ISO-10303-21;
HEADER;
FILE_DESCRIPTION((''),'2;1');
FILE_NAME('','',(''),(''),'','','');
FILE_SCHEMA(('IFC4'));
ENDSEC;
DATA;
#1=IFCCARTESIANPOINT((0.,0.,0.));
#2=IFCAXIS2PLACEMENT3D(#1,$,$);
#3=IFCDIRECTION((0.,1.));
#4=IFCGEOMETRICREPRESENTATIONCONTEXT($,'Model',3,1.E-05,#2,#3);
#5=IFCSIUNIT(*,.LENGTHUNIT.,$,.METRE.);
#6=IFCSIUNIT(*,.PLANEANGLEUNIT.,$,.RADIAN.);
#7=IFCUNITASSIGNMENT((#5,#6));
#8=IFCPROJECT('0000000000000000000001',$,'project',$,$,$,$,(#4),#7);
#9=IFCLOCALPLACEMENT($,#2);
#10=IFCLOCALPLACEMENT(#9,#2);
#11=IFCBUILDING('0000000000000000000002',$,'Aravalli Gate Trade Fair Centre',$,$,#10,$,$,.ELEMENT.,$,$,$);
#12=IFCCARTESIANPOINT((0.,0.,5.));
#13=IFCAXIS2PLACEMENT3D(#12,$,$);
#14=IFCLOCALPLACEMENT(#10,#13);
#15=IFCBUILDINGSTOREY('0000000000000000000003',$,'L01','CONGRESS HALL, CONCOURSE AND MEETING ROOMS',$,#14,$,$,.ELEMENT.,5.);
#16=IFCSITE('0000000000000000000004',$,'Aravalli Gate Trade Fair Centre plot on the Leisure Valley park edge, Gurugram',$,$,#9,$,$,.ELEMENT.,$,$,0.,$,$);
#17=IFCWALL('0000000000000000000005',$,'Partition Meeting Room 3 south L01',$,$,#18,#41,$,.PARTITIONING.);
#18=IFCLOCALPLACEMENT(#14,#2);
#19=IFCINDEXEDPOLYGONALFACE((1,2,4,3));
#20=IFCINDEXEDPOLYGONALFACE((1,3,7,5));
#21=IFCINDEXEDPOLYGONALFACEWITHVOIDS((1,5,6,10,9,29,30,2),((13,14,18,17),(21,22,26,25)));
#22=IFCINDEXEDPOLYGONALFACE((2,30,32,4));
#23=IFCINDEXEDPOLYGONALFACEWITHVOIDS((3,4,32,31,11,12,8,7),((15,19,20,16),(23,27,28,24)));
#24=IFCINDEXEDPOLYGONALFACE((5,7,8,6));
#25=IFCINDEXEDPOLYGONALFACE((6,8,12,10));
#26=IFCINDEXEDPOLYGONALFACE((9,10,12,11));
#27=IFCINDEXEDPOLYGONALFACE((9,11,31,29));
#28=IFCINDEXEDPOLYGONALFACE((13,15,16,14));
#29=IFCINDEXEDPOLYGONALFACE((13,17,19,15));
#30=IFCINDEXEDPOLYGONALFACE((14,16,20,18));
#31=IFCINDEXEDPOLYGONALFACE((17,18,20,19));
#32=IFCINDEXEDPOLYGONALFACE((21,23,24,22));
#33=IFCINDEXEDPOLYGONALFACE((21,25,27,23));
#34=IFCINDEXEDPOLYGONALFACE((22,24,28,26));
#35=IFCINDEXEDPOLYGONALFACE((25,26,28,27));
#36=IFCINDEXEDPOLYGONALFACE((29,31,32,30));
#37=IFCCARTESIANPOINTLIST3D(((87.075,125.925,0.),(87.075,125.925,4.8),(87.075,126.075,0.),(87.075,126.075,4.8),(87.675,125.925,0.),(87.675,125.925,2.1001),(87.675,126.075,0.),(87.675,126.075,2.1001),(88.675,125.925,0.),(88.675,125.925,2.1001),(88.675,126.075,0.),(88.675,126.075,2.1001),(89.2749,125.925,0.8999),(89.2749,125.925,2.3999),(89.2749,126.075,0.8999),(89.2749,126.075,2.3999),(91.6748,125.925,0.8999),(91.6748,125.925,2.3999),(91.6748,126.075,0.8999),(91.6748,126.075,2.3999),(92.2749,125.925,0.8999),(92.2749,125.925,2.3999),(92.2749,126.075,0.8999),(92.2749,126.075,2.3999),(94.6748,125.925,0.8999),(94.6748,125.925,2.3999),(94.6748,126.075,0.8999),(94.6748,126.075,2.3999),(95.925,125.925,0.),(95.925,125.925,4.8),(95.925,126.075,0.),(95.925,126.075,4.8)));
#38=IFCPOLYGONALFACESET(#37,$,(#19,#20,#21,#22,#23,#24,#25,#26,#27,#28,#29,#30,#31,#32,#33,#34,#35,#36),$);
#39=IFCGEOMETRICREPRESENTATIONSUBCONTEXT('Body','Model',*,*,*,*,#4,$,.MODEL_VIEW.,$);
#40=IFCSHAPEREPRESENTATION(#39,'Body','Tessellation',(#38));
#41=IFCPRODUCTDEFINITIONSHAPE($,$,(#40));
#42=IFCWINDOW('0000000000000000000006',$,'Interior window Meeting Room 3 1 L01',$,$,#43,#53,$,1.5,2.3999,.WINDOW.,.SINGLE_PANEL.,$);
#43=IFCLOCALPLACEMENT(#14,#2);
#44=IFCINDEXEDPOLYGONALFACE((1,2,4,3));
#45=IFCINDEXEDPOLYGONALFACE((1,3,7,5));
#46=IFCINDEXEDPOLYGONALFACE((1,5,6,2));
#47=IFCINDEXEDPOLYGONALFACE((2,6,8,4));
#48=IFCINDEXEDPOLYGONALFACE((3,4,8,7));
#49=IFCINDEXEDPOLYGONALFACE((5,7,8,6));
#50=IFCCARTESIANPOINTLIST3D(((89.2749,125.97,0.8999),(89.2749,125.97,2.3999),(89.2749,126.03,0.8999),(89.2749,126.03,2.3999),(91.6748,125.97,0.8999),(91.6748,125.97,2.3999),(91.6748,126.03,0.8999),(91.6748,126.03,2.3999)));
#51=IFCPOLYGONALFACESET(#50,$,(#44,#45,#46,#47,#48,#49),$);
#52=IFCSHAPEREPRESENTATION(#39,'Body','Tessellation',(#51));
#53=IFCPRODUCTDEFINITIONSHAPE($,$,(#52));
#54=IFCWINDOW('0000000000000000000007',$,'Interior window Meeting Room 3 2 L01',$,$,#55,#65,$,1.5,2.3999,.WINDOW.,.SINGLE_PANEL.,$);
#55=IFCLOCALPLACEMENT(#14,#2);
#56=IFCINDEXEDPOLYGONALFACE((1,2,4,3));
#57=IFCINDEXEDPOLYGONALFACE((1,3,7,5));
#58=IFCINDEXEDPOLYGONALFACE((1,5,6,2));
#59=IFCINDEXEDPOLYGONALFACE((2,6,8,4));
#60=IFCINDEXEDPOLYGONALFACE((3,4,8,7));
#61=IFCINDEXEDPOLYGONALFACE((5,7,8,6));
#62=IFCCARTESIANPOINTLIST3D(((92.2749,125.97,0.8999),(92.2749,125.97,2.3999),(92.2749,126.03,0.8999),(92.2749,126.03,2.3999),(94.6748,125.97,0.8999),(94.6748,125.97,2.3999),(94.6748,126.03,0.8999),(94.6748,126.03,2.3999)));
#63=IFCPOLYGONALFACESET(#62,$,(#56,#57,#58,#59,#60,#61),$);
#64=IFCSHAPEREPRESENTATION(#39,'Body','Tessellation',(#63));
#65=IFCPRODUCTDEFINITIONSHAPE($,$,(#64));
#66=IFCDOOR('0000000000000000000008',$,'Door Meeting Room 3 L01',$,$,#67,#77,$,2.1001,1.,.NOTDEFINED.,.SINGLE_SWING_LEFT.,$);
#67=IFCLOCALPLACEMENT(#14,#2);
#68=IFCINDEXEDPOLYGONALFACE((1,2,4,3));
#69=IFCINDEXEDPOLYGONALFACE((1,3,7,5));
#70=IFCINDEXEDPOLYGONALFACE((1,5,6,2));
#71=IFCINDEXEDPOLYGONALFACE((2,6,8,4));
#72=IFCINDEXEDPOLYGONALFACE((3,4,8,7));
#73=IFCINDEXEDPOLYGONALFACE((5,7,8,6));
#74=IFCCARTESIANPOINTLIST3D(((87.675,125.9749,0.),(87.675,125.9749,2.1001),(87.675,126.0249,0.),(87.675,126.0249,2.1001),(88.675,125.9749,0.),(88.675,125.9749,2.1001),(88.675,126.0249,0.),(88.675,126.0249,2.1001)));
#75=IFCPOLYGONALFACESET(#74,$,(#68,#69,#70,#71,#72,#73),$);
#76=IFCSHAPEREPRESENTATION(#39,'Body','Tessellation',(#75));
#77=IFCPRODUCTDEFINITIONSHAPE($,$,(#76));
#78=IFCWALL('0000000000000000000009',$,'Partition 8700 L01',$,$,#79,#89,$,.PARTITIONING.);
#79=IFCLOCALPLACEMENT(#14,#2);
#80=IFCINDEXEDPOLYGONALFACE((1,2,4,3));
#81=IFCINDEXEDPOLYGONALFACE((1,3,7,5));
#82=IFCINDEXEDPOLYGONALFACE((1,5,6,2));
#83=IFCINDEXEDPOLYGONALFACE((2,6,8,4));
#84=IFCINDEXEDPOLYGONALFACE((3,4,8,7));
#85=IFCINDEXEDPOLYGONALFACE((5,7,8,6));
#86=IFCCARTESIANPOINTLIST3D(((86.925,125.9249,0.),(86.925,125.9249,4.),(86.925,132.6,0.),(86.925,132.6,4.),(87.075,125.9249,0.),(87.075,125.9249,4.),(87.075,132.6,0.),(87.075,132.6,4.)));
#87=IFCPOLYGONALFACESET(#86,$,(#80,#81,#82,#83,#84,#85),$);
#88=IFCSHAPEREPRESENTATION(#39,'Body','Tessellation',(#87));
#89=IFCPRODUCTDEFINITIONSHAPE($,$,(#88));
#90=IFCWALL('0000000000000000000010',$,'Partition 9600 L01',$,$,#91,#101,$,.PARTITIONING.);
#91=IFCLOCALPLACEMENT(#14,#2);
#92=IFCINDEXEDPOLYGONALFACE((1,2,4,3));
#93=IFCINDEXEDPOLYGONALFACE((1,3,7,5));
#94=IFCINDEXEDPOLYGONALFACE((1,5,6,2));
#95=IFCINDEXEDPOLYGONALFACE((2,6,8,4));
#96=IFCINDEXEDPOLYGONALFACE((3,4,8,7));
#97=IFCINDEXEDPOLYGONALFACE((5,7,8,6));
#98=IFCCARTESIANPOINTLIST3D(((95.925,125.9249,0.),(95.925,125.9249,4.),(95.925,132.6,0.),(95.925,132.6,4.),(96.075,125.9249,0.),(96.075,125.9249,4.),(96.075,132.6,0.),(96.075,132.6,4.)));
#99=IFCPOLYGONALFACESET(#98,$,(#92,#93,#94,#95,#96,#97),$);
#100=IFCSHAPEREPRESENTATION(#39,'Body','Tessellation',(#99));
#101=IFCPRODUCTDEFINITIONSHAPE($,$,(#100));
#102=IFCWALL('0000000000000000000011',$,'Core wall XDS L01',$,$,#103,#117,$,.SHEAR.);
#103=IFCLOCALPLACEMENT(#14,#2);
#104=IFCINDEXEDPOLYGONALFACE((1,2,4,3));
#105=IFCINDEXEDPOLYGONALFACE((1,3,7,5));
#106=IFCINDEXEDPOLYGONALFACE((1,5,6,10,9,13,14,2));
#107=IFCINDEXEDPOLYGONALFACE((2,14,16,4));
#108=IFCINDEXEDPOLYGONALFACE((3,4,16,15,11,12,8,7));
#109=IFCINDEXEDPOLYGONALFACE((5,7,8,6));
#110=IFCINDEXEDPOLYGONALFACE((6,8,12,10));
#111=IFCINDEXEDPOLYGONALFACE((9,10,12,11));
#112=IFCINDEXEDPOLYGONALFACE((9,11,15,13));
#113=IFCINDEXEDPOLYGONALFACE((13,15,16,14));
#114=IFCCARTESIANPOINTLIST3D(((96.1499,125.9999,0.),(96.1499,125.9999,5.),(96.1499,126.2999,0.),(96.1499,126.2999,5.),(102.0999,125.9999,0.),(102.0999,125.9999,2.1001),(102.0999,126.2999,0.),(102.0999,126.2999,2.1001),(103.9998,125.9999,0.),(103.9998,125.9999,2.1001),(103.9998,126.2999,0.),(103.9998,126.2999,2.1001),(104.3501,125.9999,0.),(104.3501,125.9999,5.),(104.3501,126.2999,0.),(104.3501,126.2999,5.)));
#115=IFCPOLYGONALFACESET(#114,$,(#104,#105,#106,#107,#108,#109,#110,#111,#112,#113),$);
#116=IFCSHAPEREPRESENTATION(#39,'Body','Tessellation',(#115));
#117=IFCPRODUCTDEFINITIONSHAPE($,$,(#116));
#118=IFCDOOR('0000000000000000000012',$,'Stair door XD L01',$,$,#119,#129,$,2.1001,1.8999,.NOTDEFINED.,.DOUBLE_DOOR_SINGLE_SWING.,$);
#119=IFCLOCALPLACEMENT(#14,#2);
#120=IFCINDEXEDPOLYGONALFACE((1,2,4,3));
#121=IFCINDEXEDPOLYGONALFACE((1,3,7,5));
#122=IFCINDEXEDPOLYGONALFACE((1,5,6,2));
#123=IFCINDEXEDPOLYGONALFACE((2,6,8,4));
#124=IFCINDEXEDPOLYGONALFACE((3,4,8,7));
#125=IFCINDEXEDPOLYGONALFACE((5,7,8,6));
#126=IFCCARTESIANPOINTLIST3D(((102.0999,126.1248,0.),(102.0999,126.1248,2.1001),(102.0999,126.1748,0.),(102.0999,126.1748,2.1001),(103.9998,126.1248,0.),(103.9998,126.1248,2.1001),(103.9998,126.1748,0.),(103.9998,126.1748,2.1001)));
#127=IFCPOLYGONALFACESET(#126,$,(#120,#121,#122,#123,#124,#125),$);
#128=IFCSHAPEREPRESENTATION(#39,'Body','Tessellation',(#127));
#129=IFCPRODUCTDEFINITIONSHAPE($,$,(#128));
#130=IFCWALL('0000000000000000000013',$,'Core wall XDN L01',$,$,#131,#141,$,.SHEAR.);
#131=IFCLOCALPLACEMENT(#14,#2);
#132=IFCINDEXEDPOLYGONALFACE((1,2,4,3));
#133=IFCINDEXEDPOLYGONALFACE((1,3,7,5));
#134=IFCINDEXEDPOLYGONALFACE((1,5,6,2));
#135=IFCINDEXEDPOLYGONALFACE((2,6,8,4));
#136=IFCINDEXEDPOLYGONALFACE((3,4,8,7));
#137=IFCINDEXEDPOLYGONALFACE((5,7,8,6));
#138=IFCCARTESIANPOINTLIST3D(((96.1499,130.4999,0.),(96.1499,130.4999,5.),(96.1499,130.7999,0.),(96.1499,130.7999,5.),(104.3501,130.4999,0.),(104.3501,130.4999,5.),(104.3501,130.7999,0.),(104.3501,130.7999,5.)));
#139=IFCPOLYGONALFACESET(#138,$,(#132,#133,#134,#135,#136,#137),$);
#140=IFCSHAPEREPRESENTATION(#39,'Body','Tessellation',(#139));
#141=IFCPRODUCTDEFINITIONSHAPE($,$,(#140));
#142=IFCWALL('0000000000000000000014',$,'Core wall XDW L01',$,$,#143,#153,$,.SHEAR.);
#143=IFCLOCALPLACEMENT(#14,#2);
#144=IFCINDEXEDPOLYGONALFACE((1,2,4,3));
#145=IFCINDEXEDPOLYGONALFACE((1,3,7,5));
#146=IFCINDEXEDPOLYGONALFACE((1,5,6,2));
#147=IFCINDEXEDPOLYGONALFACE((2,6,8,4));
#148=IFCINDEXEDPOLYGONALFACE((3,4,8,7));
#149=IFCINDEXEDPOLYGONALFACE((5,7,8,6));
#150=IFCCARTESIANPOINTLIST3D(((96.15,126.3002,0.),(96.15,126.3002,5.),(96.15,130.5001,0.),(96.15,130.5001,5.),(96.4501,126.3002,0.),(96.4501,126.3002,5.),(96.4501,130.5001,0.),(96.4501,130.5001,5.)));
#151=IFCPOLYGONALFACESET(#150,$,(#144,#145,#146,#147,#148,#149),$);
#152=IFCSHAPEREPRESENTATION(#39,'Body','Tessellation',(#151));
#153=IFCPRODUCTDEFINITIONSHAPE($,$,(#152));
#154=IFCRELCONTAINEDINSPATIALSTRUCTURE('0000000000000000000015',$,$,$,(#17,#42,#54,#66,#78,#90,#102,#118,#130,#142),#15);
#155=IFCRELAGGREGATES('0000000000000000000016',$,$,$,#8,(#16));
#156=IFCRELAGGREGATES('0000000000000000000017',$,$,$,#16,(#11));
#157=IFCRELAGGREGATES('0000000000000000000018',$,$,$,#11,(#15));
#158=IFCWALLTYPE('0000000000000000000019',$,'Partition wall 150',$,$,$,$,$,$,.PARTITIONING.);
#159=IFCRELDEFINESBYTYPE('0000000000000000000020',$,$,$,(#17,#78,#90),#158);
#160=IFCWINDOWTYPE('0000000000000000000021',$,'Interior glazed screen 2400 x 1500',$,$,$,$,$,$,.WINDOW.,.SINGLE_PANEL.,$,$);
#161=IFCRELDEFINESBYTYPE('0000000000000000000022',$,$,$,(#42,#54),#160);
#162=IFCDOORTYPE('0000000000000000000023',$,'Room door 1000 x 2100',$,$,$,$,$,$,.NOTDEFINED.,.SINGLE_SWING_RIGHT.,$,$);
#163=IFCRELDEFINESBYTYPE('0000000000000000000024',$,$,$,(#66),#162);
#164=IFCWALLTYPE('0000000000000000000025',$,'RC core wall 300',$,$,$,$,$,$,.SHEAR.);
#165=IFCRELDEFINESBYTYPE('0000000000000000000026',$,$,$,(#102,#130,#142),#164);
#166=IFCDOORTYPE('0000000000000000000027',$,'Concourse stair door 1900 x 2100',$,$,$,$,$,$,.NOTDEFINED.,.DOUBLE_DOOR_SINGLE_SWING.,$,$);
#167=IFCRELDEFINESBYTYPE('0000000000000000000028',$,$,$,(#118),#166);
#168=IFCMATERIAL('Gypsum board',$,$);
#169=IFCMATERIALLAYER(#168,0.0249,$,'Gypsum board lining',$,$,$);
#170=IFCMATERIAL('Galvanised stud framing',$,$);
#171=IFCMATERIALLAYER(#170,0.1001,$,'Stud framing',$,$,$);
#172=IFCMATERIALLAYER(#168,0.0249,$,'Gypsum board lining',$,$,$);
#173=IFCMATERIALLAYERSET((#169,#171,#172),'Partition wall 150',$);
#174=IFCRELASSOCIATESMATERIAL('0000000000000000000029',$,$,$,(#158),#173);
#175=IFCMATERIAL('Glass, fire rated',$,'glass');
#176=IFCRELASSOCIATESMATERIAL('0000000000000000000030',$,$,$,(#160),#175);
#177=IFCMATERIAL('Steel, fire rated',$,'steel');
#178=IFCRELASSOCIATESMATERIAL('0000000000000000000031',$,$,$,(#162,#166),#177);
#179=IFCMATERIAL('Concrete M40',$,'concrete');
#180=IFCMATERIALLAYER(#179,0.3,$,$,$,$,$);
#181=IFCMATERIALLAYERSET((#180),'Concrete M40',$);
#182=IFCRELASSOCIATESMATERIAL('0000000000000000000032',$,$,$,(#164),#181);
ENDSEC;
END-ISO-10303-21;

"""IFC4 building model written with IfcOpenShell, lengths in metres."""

from ifc_helpers import new_model, si_unit, direction, frame, frame_2d, origin, place, context, subcontext, project, spatial, rectangle, extrude, material, layer, layer_set, type_object, element, fill, save


model = new_model("IFC4")

# Units and contexts
model_context = context("Model", 3, precision=1e-05, world=origin(), true_north=direction((0.0, 1.0)))
body_context = subcontext(model_context, "Body", "Model", "MODEL_VIEW")
ifc_project = project(units=[si_unit("LENGTHUNIT", "METRE"), si_unit("PLANEANGLEUNIT", "RADIAN")], contexts=[model_context])

# Site, building, storey
site_placement = place(None, origin())
site = spatial("IfcSite", under=ifc_project, at=site_placement, Name="Aravalli Gate Trade Fair Centre plot on the Leisure Valley park edge, Gurugram", CompositionType="ELEMENT", RefElevation=0.0)
building_placement = place(site_placement, origin())
building = spatial("IfcBuilding", under=site, at=building_placement, Name="Aravalli Gate Trade Fair Centre", CompositionType="ELEMENT")
storey_placement = place(building_placement, frame((0.0, 0.0, 5.0)))
storey = spatial("IfcBuildingStorey", under=building, at=storey_placement, Name="L01", Description="CONGRESS HALL, CONCOURSE AND MEETING ROOMS", CompositionType="ELEMENT", Elevation=5.0)

# Wall, openings, windows, door
ifc_material_1 = material(Name="Gypsum board")
ifc_layer_1 = layer(ifc_material_1, 0.0249, Name="Gypsum board lining")
ifc_material_2 = material(Name="Galvanised stud framing")
ifc_layer_2 = layer(ifc_material_2, 0.1001, Name="Stud framing")
ifc_layer_3 = layer(ifc_material_1, 0.0249, Name="Gypsum board lining")
ifc_layer_set_1 = layer_set([ifc_layer_1, ifc_layer_2, ifc_layer_3], Name="Partition wall 150")
wall_type_1 = type_object("IfcWallType", Name="Partition wall 150", PredefinedType="PARTITIONING", material=ifc_layer_set_1)
wall_1_placement = place(storey_placement, frame((87.075, 126.0, 0.0), z_axis=(0.0, 0.0, 1.0), x_axis=(1.0, 0.0, 0.0)))
wall_1 = element("IfcWall", 1, at=wall_1_placement, inside=storey, type_object=wall_type_1, Name="Partition Meeting Room 3 south L01", PredefinedType="PARTITIONING", context=body_context, shape_type="SweptSolid", body=[
    extrude(rectangle(XDim=8.8501, YDim=0.1499, at=frame_2d((4.425, 0.0))), origin(), (0.0, 0.0, 1.0), 4.8),
])
opening_1_placement = place(wall_1_placement, frame((0.6001, 0.0, 0.0)))
opening_1 = element("IfcOpeningElement", 2, at=opening_1_placement, cuts=wall_1, PredefinedType="OPENING", context=body_context, shape_type="SweptSolid", body=[
    extrude(rectangle(XDim=1.0, YDim=2.1001, at=frame_2d((0.5, 1.05))), frame((0.0, 0.085, 0.0), z_axis=(0.0, -1.0, 0.0), x_axis=(1.0, 0.0, 0.0)), (0.0, 0.0, 1.0), 0.1699),
])
opening_2_placement = place(wall_1_placement, frame((2.2, 0.0, 0.8999)))
opening_2 = element("IfcOpeningElement", 3, at=opening_2_placement, cuts=wall_1, PredefinedType="OPENING", context=body_context, shape_type="SweptSolid", body=[
    extrude(rectangle(XDim=2.3999, YDim=1.5, at=frame_2d((1.2, 0.75))), frame((0.0, 0.085, 0.0), z_axis=(0.0, -1.0, 0.0), x_axis=(1.0, 0.0, 0.0)), (0.0, 0.0, 1.0), 0.1699),
])
opening_3_placement = place(wall_1_placement, frame((5.2, 0.0, 0.8999)))
opening_3 = element("IfcOpeningElement", 4, at=opening_3_placement, cuts=wall_1, PredefinedType="OPENING", context=body_context, shape_type="SweptSolid", body=[
    extrude(rectangle(XDim=2.3999, YDim=1.5, at=frame_2d((1.2, 0.75))), frame((0.0, 0.085, 0.0), z_axis=(0.0, -1.0, 0.0), x_axis=(1.0, 0.0, 0.0)), (0.0, 0.0, 1.0), 0.1699),
])
ifc_material_3 = material(Name="Glass, fire rated", Category="glass")
window_type = type_object("IfcWindowType", Name="Interior glazed screen 2400 x 1500", PartitioningType="SINGLE_PANEL", PredefinedType="WINDOW", material=ifc_material_3)
window_1_placement = place(opening_2_placement, origin())
window_1 = element("IfcWindow", 5, at=window_1_placement, inside=storey, type_object=window_type, Name="Interior window Meeting Room 3 1 L01", OverallHeight=1.5, OverallWidth=2.3999, PartitioningType="SINGLE_PANEL", PredefinedType="WINDOW", context=body_context, shape_type="SweptSolid", body=[
    extrude(rectangle(XDim=2.3999, YDim=1.5, at=frame_2d((1.2, 0.75))), frame((0.0, 0.03, 0.0), z_axis=(0.0, -1.0, 0.0), x_axis=(1.0, 0.0, 0.0)), (0.0, 0.0, 1.0), 0.0601),
])
fill(opening_2, window_1)
window_2_placement = place(opening_3_placement, origin())
window_2 = element("IfcWindow", 6, at=window_2_placement, inside=storey, type_object=window_type, Name="Interior window Meeting Room 3 2 L01", OverallHeight=1.5, OverallWidth=2.3999, PartitioningType="SINGLE_PANEL", PredefinedType="WINDOW", context=body_context, shape_type="SweptSolid", body=[
    extrude(rectangle(XDim=2.3999, YDim=1.5, at=frame_2d((1.2, 0.75))), frame((0.0, 0.03, 0.0), z_axis=(0.0, -1.0, 0.0), x_axis=(1.0, 0.0, 0.0)), (0.0, 0.0, 1.0), 0.0601),
])
fill(opening_3, window_2)
ifc_material_4 = material(Name="Steel, fire rated", Category="steel")
door_type_1 = type_object("IfcDoorType", Name="Room door 1000 x 2100", OperationType="SINGLE_SWING_RIGHT", PredefinedType="NOTDEFINED", material=ifc_material_4)
door_1_placement = place(opening_1_placement, origin())
door_1 = element("IfcDoor", 7, at=door_1_placement, inside=storey, type_object=door_type_1, Name="Door Meeting Room 3 L01", OperationType="SINGLE_SWING_LEFT", OverallHeight=2.1001, OverallWidth=1.0, PredefinedType="NOTDEFINED", context=body_context, shape_type="SweptSolid", body=[
    extrude(rectangle(XDim=1.0, YDim=2.1001, at=frame_2d((0.5, 1.05))), frame((0.0, 0.0249, 0.0), z_axis=(0.0, -1.0, 0.0), x_axis=(1.0, 0.0, 0.0)), (0.0, 0.0, 1.0), 0.05),
])
fill(opening_1, door_1)

# Walls
for number, where, z_axis, x_axis, name in (
    (8, (87.0, 125.925, 0.0), (0.0, 0.0, 1.0), (0.0, 1.0, 0.0), "Partition 8700 L01"),
    (9, (96.0, 125.925, 0.0), (0.0, 0.0, 1.0), (0.0, 1.0, 0.0), "Partition 9600 L01"),
):
    element("IfcWall", number, at=place(storey_placement, frame(where, z_axis=z_axis, x_axis=x_axis)), inside=storey, type_object=wall_type_1, Name=name, PredefinedType="PARTITIONING", context=body_context, shape_type="SweptSolid", body=[
        extrude(rectangle(XDim=6.675, YDim=0.1499, at=frame_2d((3.3374, 0.0))), origin(), (0.0, 0.0, 1.0), 4.0),
    ])

# Wall, opening, door
ifc_material_5 = material(Name="Concrete M40", Category="concrete")
ifc_layer_4 = layer(ifc_material_5, 0.3)
ifc_layer_set_2 = layer_set([ifc_layer_4], Name="Concrete M40")
wall_type_2 = type_object("IfcWallType", Name="RC core wall 300", PredefinedType="SHEAR", material=ifc_layer_set_2)
wall_2_placement = place(storey_placement, frame((96.1499, 126.1499, 0.0), z_axis=(0.0, 0.0, 1.0), x_axis=(1.0, 0.0, 0.0)))
wall_2 = element("IfcWall", 10, at=wall_2_placement, inside=storey, type_object=wall_type_2, Name="Core wall XDS L01", PredefinedType="SHEAR", context=body_context, shape_type="SweptSolid", body=[
    extrude(rectangle(XDim=8.2002, YDim=0.3, at=frame_2d((4.1001, 0.0))), origin(), (0.0, 0.0, 1.0), 5.0),
])
opening_4_placement = place(wall_2_placement, frame((5.95, 0.0, 0.0)))
opening_4 = element("IfcOpeningElement", 11, at=opening_4_placement, cuts=wall_2, PredefinedType="OPENING", context=body_context, shape_type="SweptSolid", body=[
    extrude(rectangle(XDim=1.8999, YDim=2.1001, at=frame_2d((0.95, 1.05))), frame((0.0, 0.1599, 0.0), z_axis=(0.0, -1.0, 0.0), x_axis=(1.0, 0.0, 0.0)), (0.0, 0.0, 1.0), 0.3201),
])
door_type_2 = type_object("IfcDoorType", Name="Concourse stair door 1900 x 2100", OperationType="DOUBLE_DOOR_SINGLE_SWING", PredefinedType="NOTDEFINED", material=ifc_material_4)
door_2_placement = place(opening_4_placement, origin())
door_2 = element("IfcDoor", 12, at=door_2_placement, inside=storey, type_object=door_type_2, Name="Stair door XD L01", OperationType="DOUBLE_DOOR_SINGLE_SWING", OverallHeight=2.1001, OverallWidth=1.8999, PredefinedType="NOTDEFINED", context=body_context, shape_type="SweptSolid", body=[
    extrude(rectangle(XDim=1.8999, YDim=2.1001, at=frame_2d((0.95, 1.05))), frame((0.0, 0.0249, 0.0), z_axis=(0.0, -1.0, 0.0), x_axis=(1.0, 0.0, 0.0)), (0.0, 0.0, 1.0), 0.05),
])
fill(opening_4, door_2)

# Walls
wall_3_placement = place(storey_placement, frame((96.1499, 130.6499, 0.0), z_axis=(0.0, 0.0, 1.0), x_axis=(1.0, 0.0, 0.0)))
element("IfcWall", 13, at=wall_3_placement, inside=storey, type_object=wall_type_2, Name="Core wall XDN L01", PredefinedType="SHEAR", context=body_context, shape_type="SweptSolid", body=[
    extrude(rectangle(XDim=8.2002, YDim=0.3, at=frame_2d((4.1001, 0.0))), origin(), (0.0, 0.0, 1.0), 5.0),
])
wall_4_placement = place(storey_placement, frame((96.3, 126.3, 0.0), z_axis=(0.0, 0.0, 1.0), x_axis=(0.0, 1.0, 0.0)))
element("IfcWall", 14, at=wall_4_placement, inside=storey, type_object=wall_type_2, Name="Core wall XDW L01", PredefinedType="SHEAR", context=body_context, shape_type="SweptSolid", body=[
    extrude(rectangle(XDim=4.2, YDim=0.3, at=frame_2d((2.1001, 0.0))), origin(), (0.0, 0.0, 1.0), 5.0),
])

save(model, "model.ifc")
